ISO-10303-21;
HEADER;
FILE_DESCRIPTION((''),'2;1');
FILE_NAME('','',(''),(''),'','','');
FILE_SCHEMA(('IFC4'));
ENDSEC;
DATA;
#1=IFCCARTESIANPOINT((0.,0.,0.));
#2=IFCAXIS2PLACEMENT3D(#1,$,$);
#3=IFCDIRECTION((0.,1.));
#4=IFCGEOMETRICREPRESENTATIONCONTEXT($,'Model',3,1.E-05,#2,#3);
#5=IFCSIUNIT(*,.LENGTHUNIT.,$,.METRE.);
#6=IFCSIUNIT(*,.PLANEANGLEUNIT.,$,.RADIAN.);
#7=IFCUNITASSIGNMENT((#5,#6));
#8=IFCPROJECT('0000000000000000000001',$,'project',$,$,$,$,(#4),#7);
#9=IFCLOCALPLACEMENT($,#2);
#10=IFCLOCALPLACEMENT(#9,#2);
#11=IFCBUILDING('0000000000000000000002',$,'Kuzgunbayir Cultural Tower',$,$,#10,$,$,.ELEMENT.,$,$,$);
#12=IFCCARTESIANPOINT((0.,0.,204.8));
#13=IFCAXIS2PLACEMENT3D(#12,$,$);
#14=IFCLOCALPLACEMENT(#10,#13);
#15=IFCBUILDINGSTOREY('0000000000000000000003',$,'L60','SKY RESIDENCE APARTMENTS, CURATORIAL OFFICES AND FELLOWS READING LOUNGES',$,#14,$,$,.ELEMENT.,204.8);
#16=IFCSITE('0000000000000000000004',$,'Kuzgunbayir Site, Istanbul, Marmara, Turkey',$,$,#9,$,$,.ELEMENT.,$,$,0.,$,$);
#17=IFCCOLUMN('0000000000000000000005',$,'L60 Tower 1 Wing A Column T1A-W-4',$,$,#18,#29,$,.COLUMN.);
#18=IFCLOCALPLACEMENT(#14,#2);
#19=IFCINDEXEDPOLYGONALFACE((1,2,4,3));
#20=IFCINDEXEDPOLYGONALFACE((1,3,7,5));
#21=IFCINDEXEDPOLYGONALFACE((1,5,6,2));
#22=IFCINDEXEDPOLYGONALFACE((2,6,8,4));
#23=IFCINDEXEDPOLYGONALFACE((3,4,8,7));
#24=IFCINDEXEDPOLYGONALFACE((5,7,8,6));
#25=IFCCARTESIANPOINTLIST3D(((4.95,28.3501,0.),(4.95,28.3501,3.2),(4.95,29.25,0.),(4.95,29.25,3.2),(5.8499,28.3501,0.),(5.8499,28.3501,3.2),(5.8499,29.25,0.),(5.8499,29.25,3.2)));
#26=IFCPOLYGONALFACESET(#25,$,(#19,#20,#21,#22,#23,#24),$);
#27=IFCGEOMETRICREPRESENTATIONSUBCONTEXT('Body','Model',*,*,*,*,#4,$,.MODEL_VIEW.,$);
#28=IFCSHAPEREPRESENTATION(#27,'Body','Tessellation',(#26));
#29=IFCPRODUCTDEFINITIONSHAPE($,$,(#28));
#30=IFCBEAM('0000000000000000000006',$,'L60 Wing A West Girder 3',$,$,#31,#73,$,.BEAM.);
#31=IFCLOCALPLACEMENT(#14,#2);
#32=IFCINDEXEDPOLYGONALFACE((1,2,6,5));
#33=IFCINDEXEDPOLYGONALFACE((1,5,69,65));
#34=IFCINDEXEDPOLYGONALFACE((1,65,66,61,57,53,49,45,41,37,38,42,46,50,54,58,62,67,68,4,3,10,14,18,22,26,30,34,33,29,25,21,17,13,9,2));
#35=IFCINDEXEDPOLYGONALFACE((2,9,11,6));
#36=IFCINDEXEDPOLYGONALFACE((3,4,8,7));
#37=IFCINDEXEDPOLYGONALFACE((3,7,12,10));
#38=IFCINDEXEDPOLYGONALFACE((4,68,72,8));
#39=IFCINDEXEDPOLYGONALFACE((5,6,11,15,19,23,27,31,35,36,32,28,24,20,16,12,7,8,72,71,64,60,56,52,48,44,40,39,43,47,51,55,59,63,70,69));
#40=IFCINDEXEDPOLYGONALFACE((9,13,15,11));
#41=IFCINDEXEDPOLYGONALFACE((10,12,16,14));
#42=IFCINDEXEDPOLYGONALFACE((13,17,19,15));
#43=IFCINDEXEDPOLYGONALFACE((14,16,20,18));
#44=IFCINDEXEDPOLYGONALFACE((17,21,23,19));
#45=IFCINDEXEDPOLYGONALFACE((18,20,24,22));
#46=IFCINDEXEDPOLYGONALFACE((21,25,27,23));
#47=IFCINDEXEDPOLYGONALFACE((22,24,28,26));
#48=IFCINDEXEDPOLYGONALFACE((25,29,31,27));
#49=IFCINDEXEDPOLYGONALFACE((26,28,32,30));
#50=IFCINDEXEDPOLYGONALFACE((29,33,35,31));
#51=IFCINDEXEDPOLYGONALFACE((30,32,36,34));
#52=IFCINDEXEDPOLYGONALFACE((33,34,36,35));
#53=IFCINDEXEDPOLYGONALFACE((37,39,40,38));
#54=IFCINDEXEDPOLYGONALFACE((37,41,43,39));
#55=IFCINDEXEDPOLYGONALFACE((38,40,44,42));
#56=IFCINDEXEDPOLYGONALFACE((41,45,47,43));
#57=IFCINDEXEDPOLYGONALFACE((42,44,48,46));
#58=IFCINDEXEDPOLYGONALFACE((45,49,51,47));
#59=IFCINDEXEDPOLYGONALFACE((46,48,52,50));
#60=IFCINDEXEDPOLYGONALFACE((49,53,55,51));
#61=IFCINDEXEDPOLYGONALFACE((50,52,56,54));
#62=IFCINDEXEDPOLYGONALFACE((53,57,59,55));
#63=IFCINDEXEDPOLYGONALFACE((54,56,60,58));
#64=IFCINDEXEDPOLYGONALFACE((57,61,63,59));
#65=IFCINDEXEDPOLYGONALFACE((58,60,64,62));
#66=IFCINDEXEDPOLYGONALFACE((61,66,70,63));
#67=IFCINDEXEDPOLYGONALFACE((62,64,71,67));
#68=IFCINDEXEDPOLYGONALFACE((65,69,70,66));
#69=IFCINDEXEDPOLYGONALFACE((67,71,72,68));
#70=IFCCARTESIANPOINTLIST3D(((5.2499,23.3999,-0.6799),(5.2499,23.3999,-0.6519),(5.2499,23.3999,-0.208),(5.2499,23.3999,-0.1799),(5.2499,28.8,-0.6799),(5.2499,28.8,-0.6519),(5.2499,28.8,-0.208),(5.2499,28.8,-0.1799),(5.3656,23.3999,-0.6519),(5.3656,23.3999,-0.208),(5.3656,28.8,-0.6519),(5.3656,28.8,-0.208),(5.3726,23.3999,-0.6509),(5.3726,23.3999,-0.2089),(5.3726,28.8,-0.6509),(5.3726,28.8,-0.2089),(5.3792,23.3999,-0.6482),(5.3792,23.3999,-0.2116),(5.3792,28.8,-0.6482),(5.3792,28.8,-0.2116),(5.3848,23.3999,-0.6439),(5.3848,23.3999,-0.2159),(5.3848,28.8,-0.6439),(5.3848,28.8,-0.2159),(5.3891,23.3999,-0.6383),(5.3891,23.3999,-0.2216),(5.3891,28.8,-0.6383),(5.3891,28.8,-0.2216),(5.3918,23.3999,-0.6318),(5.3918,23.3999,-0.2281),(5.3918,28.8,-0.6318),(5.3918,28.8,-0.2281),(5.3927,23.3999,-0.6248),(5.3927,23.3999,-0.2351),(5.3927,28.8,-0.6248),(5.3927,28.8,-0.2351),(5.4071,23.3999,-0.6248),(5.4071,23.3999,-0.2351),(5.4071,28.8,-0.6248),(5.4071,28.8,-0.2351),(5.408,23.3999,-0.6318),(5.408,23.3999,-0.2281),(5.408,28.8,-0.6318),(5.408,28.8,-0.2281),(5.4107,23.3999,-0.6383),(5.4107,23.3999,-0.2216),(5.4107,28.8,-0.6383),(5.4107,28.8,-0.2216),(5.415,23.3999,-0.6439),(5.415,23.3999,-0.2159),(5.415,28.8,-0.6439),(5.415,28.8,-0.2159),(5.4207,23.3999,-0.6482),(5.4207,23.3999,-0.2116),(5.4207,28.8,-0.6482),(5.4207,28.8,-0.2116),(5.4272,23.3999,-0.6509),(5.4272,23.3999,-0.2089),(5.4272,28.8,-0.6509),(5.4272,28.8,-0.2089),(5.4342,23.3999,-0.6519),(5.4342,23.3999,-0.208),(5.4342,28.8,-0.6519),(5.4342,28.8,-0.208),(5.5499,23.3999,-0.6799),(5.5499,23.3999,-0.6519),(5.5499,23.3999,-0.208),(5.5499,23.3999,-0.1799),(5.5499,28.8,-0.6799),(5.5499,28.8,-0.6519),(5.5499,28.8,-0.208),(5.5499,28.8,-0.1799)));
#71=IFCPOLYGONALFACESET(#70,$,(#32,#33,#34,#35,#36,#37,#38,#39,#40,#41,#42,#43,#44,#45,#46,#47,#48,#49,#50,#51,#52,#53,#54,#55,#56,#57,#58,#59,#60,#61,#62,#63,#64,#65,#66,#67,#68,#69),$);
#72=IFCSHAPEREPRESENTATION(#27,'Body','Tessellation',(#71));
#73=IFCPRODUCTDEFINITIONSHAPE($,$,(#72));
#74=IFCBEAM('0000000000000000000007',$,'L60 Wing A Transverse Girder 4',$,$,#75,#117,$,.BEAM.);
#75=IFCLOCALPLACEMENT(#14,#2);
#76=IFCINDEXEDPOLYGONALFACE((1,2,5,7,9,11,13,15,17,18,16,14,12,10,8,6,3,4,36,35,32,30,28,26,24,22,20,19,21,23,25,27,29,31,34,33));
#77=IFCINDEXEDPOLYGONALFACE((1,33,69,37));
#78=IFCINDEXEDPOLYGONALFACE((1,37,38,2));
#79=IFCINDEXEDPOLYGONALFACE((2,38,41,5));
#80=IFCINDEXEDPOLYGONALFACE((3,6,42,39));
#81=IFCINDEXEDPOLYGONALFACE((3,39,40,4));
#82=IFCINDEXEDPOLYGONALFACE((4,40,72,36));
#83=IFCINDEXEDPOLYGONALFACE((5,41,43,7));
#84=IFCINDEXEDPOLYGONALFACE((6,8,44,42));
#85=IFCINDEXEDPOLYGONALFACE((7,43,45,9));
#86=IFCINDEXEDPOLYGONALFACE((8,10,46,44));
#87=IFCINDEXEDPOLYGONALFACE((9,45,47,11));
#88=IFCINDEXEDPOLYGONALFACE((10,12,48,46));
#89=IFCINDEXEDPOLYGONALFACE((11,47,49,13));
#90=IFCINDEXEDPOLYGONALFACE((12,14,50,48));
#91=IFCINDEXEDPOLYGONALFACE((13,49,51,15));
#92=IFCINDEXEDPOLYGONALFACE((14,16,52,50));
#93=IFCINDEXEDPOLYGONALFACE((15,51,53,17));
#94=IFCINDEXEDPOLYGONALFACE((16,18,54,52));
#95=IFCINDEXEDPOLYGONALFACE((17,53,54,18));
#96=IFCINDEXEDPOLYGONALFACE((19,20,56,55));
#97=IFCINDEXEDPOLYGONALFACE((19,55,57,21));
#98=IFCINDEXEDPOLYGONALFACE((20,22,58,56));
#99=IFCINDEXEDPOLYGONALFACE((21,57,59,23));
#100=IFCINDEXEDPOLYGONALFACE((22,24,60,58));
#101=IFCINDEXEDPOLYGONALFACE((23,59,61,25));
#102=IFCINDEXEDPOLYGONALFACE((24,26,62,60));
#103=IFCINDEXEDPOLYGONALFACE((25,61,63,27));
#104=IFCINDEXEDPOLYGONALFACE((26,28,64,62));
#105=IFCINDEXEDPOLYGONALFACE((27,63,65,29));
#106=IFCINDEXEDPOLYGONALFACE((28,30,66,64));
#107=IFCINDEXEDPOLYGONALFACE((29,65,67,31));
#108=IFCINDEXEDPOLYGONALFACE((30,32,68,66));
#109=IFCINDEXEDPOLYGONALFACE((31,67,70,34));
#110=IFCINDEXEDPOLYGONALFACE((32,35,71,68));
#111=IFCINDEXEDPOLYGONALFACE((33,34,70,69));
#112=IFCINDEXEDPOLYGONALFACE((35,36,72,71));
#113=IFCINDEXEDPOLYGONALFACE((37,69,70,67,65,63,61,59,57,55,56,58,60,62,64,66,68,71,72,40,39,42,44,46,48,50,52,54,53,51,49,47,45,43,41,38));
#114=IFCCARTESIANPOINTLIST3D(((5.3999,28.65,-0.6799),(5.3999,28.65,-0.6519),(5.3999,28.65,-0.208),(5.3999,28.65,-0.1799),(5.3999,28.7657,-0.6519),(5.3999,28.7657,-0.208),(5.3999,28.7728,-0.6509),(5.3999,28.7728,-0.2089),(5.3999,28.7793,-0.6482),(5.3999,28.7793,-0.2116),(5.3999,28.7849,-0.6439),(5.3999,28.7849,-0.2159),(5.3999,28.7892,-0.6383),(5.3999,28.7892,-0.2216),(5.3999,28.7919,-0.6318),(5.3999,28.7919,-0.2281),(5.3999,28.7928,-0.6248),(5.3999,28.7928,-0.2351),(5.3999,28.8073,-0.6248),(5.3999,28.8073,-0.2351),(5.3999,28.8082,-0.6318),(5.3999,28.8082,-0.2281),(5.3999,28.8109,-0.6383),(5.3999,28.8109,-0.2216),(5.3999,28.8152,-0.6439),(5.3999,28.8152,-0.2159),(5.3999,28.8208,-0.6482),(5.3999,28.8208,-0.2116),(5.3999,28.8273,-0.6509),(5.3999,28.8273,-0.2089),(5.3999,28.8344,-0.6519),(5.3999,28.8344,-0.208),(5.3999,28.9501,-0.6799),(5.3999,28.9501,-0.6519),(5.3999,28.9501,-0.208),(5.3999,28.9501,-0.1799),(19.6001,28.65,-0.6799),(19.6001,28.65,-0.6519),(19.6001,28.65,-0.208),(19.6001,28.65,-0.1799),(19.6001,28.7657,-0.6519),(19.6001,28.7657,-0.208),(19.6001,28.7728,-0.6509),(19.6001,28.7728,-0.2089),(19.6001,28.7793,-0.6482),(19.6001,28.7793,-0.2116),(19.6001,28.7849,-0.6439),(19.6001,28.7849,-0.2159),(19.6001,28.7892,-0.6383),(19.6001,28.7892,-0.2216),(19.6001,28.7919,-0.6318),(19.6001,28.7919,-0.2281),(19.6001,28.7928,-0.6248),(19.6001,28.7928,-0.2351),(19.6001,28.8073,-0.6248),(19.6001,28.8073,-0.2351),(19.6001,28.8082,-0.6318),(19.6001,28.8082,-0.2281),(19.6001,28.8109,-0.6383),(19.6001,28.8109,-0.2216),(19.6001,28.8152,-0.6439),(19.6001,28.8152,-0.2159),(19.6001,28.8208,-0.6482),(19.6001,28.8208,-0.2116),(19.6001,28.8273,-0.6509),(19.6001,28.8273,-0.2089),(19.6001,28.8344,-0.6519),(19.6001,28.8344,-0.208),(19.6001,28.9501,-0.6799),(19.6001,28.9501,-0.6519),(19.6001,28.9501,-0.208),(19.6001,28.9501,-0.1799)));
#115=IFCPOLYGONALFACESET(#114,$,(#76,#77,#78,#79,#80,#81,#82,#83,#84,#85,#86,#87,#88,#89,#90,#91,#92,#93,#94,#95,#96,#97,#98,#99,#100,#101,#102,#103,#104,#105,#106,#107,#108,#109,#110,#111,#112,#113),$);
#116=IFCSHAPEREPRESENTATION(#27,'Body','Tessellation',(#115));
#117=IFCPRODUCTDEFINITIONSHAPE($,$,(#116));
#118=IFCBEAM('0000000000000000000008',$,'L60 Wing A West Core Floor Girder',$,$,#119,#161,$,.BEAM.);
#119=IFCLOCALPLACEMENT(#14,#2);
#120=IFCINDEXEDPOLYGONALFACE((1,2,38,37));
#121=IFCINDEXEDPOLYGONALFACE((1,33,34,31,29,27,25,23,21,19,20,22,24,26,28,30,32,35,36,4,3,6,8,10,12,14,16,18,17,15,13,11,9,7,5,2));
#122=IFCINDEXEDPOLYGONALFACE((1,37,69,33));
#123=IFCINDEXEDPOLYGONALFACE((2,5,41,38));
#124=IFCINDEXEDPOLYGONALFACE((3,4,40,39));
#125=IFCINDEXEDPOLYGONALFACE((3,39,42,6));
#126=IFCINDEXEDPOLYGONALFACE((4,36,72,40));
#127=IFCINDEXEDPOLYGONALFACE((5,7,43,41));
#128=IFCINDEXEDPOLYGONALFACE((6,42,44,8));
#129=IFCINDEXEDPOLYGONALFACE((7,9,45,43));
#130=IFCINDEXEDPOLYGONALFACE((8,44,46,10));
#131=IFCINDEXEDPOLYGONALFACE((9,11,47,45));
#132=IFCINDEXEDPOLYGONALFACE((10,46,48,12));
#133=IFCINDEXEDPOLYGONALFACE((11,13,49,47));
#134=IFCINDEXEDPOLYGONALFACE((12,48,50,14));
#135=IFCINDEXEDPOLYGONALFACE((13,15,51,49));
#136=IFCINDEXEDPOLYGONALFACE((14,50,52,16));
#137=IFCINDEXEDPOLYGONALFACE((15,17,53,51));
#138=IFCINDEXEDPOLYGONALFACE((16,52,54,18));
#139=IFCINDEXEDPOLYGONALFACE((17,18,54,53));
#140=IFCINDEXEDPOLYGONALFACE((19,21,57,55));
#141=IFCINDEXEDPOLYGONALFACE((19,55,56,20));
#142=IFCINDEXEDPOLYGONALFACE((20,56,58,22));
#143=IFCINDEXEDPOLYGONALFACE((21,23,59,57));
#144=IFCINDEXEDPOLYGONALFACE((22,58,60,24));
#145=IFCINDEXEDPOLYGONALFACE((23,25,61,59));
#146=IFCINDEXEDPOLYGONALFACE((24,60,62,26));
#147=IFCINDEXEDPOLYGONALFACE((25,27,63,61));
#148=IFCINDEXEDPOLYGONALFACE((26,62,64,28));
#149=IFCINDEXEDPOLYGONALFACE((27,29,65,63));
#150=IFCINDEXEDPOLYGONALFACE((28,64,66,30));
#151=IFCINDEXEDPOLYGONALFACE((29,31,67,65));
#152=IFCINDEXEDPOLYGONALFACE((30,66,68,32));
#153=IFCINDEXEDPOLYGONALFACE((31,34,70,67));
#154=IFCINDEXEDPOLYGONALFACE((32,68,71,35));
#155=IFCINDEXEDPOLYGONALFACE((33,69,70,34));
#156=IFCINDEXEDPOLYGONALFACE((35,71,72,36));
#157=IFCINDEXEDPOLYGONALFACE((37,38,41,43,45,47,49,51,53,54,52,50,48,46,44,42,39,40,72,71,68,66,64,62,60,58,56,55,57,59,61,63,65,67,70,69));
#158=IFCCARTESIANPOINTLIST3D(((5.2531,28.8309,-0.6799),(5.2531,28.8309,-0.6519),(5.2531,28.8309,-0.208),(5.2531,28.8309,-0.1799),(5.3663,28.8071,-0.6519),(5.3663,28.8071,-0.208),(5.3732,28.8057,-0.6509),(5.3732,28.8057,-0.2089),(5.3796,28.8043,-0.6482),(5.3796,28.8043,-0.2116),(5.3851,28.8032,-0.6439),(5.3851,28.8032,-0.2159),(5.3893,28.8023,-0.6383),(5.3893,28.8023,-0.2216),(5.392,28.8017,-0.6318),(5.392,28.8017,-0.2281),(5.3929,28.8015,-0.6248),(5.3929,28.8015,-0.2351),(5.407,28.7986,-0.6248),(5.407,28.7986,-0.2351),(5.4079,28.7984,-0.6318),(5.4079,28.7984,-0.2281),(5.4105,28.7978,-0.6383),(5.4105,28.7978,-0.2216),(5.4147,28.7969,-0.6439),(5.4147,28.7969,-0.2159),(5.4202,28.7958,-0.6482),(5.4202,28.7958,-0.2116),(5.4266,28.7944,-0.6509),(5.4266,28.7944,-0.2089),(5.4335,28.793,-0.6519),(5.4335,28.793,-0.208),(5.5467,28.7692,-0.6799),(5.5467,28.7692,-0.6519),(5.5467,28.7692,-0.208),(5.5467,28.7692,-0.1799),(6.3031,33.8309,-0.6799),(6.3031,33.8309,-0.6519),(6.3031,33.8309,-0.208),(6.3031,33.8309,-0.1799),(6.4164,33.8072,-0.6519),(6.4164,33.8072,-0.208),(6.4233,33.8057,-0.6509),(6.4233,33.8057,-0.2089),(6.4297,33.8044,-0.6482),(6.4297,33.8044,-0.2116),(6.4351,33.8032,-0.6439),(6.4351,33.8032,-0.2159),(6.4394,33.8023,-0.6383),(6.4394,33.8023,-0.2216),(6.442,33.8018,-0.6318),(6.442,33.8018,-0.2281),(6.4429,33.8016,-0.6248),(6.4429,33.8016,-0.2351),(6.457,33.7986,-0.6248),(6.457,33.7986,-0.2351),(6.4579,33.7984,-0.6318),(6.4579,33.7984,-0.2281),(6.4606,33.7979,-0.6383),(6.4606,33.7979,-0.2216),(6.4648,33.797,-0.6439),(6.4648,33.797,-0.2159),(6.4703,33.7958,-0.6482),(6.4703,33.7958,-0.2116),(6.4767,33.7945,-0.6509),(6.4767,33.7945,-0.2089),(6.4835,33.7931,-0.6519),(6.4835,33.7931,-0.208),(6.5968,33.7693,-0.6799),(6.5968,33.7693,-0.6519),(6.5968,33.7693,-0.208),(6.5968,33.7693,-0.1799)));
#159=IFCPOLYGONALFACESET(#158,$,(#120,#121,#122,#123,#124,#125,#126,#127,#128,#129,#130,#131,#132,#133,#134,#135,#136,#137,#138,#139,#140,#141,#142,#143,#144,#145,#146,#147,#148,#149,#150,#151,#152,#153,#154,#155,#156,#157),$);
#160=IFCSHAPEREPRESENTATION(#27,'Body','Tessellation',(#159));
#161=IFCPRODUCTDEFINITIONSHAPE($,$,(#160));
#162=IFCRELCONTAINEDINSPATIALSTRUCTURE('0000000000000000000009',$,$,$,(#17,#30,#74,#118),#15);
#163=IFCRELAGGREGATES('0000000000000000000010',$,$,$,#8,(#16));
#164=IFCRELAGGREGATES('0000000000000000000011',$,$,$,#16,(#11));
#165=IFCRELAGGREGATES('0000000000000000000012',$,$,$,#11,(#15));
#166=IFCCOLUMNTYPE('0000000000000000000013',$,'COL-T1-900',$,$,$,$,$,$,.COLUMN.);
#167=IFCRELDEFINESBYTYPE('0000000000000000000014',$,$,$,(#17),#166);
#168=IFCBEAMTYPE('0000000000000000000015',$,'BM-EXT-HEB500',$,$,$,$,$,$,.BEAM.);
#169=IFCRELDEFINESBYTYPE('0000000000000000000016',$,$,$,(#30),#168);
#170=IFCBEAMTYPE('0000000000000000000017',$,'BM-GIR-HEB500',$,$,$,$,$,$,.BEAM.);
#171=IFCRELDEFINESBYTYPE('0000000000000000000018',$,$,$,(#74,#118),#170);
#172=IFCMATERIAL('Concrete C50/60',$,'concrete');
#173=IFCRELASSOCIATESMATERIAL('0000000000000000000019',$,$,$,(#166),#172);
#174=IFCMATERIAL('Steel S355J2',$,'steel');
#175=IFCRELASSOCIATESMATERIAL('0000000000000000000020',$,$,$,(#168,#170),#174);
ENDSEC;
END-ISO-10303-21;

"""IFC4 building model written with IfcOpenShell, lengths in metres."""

from ifc_helpers import new_model, si_unit, direction, frame, origin, origin_2d, place, context, subcontext, project, spatial, rectangle, i_section, extrude, material, material_profile, profile_set, type_object, element, save


model = new_model("IFC4")

# Units and contexts
model_context = context("Model", 3, precision=1e-05, world=origin(), true_north=direction((0.0, 1.0)))
body_context = subcontext(model_context, "Body", "Model", "MODEL_VIEW")
ifc_project = project(units=[si_unit("LENGTHUNIT", "METRE"), si_unit("PLANEANGLEUNIT", "RADIAN")], contexts=[model_context])

# Site, building, storey
site_placement = place(None, origin())
site = spatial("IfcSite", under=ifc_project, at=site_placement, Name="Kuzgunbayir Site, Istanbul, Marmara, Turkey", CompositionType="ELEMENT", RefElevation=0.0)
building_placement = place(site_placement, origin())
building = spatial("IfcBuilding", under=site, at=building_placement, Name="Kuzgunbayir Cultural Tower", CompositionType="ELEMENT")
storey_placement = place(building_placement, frame((0.0, 0.0, 204.8)))
storey = spatial("IfcBuildingStorey", under=building, at=storey_placement, Name="L60", Description="SKY RESIDENCE APARTMENTS, CURATORIAL OFFICES AND FELLOWS READING LOUNGES", CompositionType="ELEMENT", Elevation=204.8)

# Column
ifc_material_1 = material(Name="Concrete C50/60", Category="concrete")
ifc_material_profile_1 = material_profile(ifc_material_1, rectangle(XDim=0.8999, YDim=0.8999, at=origin_2d()), Name="RC 900x900")
ifc_profile_set_1 = profile_set([ifc_material_profile_1], Name="Concrete C50/60")
column_type = type_object("IfcColumnType", Name="COL-T1-900", PredefinedType="COLUMN", material=ifc_profile_set_1)
column_placement = place(storey_placement, frame((5.3999, 28.8, 0.0), z_axis=(0.0, 0.0, 1.0), x_axis=(1.0, 0.0, 0.0)))
element("IfcColumn", 1, at=column_placement, inside=storey, type_object=column_type, Name="L60 Tower 1 Wing A Column T1A-W-4", PredefinedType="COLUMN", context=body_context, shape_type="SweptSolid", body=[
    extrude(rectangle(XDim=0.8999, YDim=0.8999, at=origin_2d()), origin(), (0.0, 0.0, 1.0), 3.2),
])

# Beams
ifc_material_2 = material(Name="Steel S355J2", Category="steel")
ifc_material_profile_2 = material_profile(ifc_material_2, i_section(OverallWidth=0.3, OverallDepth=0.5, WebThickness=0.0144, FlangeThickness=0.0281, FilletRadius=0.0271, at=origin_2d()), Name="HEB 500")
ifc_profile_set_2 = profile_set([ifc_material_profile_2], Name="Steel S355J2")
beam_type_1 = type_object("IfcBeamType", Name="BM-EXT-HEB500", PredefinedType="BEAM", material=ifc_profile_set_2)
beam_1_placement = place(storey_placement, frame((5.3999, 23.3999, -0.4299), z_axis=(0.0, 1.0, 0.0), x_axis=(-1.0, 0.0, 0.0)))
element("IfcBeam", 2, at=beam_1_placement, inside=storey, type_object=beam_type_1, Name="L60 Wing A West Girder 3", PredefinedType="BEAM", context=body_context, shape_type="SweptSolid", body=[
    extrude(i_section(OverallWidth=0.3, OverallDepth=0.5, WebThickness=0.0144, FlangeThickness=0.0281, FilletRadius=0.0271, at=origin_2d()), origin(), (0.0, 0.0, 1.0), 5.4001),
])
ifc_material_profile_3 = material_profile(ifc_material_2, i_section(OverallWidth=0.3, OverallDepth=0.5, WebThickness=0.0144, FlangeThickness=0.0281, FilletRadius=0.0271, at=origin_2d()), Name="HEB 500")
ifc_profile_set_3 = profile_set([ifc_material_profile_3], Name="Steel S355J2")
beam_type_2 = type_object("IfcBeamType", Name="BM-GIR-HEB500", PredefinedType="BEAM", material=ifc_profile_set_3)
beam_2_placement = place(storey_placement, frame((5.3999, 28.8, -0.4299), z_axis=(1.0, 0.0, 0.0), x_axis=(0.0, 1.0, 0.0)))
element("IfcBeam", 3, at=beam_2_placement, inside=storey, type_object=beam_type_2, Name="L60 Wing A Transverse Girder 4", PredefinedType="BEAM", context=body_context, shape_type="SweptSolid", body=[
    extrude(i_section(OverallWidth=0.3, OverallDepth=0.5, WebThickness=0.0144, FlangeThickness=0.0281, FilletRadius=0.0271, at=origin_2d()), origin(), (0.0, 0.0, 1.0), 14.2002),
])
beam_3_placement = place(storey_placement, frame((5.3999, 28.8, -0.4299), z_axis=(0.205526, 0.978652, 0.0), x_axis=(-0.978652, 0.205526, 0.0)))
element("IfcBeam", 4, at=beam_3_placement, inside=storey, type_object=beam_type_2, Name="L60 Wing A West Core Floor Girder", PredefinedType="BEAM", context=body_context, shape_type="SweptSolid", body=[
    extrude(i_section(OverallWidth=0.3, OverallDepth=0.5, WebThickness=0.0144, FlangeThickness=0.0281, FilletRadius=0.0271, at=origin_2d()), origin(), (0.0, 0.0, 1.0), 5.1091),
])

save(model, "model.ifc")
